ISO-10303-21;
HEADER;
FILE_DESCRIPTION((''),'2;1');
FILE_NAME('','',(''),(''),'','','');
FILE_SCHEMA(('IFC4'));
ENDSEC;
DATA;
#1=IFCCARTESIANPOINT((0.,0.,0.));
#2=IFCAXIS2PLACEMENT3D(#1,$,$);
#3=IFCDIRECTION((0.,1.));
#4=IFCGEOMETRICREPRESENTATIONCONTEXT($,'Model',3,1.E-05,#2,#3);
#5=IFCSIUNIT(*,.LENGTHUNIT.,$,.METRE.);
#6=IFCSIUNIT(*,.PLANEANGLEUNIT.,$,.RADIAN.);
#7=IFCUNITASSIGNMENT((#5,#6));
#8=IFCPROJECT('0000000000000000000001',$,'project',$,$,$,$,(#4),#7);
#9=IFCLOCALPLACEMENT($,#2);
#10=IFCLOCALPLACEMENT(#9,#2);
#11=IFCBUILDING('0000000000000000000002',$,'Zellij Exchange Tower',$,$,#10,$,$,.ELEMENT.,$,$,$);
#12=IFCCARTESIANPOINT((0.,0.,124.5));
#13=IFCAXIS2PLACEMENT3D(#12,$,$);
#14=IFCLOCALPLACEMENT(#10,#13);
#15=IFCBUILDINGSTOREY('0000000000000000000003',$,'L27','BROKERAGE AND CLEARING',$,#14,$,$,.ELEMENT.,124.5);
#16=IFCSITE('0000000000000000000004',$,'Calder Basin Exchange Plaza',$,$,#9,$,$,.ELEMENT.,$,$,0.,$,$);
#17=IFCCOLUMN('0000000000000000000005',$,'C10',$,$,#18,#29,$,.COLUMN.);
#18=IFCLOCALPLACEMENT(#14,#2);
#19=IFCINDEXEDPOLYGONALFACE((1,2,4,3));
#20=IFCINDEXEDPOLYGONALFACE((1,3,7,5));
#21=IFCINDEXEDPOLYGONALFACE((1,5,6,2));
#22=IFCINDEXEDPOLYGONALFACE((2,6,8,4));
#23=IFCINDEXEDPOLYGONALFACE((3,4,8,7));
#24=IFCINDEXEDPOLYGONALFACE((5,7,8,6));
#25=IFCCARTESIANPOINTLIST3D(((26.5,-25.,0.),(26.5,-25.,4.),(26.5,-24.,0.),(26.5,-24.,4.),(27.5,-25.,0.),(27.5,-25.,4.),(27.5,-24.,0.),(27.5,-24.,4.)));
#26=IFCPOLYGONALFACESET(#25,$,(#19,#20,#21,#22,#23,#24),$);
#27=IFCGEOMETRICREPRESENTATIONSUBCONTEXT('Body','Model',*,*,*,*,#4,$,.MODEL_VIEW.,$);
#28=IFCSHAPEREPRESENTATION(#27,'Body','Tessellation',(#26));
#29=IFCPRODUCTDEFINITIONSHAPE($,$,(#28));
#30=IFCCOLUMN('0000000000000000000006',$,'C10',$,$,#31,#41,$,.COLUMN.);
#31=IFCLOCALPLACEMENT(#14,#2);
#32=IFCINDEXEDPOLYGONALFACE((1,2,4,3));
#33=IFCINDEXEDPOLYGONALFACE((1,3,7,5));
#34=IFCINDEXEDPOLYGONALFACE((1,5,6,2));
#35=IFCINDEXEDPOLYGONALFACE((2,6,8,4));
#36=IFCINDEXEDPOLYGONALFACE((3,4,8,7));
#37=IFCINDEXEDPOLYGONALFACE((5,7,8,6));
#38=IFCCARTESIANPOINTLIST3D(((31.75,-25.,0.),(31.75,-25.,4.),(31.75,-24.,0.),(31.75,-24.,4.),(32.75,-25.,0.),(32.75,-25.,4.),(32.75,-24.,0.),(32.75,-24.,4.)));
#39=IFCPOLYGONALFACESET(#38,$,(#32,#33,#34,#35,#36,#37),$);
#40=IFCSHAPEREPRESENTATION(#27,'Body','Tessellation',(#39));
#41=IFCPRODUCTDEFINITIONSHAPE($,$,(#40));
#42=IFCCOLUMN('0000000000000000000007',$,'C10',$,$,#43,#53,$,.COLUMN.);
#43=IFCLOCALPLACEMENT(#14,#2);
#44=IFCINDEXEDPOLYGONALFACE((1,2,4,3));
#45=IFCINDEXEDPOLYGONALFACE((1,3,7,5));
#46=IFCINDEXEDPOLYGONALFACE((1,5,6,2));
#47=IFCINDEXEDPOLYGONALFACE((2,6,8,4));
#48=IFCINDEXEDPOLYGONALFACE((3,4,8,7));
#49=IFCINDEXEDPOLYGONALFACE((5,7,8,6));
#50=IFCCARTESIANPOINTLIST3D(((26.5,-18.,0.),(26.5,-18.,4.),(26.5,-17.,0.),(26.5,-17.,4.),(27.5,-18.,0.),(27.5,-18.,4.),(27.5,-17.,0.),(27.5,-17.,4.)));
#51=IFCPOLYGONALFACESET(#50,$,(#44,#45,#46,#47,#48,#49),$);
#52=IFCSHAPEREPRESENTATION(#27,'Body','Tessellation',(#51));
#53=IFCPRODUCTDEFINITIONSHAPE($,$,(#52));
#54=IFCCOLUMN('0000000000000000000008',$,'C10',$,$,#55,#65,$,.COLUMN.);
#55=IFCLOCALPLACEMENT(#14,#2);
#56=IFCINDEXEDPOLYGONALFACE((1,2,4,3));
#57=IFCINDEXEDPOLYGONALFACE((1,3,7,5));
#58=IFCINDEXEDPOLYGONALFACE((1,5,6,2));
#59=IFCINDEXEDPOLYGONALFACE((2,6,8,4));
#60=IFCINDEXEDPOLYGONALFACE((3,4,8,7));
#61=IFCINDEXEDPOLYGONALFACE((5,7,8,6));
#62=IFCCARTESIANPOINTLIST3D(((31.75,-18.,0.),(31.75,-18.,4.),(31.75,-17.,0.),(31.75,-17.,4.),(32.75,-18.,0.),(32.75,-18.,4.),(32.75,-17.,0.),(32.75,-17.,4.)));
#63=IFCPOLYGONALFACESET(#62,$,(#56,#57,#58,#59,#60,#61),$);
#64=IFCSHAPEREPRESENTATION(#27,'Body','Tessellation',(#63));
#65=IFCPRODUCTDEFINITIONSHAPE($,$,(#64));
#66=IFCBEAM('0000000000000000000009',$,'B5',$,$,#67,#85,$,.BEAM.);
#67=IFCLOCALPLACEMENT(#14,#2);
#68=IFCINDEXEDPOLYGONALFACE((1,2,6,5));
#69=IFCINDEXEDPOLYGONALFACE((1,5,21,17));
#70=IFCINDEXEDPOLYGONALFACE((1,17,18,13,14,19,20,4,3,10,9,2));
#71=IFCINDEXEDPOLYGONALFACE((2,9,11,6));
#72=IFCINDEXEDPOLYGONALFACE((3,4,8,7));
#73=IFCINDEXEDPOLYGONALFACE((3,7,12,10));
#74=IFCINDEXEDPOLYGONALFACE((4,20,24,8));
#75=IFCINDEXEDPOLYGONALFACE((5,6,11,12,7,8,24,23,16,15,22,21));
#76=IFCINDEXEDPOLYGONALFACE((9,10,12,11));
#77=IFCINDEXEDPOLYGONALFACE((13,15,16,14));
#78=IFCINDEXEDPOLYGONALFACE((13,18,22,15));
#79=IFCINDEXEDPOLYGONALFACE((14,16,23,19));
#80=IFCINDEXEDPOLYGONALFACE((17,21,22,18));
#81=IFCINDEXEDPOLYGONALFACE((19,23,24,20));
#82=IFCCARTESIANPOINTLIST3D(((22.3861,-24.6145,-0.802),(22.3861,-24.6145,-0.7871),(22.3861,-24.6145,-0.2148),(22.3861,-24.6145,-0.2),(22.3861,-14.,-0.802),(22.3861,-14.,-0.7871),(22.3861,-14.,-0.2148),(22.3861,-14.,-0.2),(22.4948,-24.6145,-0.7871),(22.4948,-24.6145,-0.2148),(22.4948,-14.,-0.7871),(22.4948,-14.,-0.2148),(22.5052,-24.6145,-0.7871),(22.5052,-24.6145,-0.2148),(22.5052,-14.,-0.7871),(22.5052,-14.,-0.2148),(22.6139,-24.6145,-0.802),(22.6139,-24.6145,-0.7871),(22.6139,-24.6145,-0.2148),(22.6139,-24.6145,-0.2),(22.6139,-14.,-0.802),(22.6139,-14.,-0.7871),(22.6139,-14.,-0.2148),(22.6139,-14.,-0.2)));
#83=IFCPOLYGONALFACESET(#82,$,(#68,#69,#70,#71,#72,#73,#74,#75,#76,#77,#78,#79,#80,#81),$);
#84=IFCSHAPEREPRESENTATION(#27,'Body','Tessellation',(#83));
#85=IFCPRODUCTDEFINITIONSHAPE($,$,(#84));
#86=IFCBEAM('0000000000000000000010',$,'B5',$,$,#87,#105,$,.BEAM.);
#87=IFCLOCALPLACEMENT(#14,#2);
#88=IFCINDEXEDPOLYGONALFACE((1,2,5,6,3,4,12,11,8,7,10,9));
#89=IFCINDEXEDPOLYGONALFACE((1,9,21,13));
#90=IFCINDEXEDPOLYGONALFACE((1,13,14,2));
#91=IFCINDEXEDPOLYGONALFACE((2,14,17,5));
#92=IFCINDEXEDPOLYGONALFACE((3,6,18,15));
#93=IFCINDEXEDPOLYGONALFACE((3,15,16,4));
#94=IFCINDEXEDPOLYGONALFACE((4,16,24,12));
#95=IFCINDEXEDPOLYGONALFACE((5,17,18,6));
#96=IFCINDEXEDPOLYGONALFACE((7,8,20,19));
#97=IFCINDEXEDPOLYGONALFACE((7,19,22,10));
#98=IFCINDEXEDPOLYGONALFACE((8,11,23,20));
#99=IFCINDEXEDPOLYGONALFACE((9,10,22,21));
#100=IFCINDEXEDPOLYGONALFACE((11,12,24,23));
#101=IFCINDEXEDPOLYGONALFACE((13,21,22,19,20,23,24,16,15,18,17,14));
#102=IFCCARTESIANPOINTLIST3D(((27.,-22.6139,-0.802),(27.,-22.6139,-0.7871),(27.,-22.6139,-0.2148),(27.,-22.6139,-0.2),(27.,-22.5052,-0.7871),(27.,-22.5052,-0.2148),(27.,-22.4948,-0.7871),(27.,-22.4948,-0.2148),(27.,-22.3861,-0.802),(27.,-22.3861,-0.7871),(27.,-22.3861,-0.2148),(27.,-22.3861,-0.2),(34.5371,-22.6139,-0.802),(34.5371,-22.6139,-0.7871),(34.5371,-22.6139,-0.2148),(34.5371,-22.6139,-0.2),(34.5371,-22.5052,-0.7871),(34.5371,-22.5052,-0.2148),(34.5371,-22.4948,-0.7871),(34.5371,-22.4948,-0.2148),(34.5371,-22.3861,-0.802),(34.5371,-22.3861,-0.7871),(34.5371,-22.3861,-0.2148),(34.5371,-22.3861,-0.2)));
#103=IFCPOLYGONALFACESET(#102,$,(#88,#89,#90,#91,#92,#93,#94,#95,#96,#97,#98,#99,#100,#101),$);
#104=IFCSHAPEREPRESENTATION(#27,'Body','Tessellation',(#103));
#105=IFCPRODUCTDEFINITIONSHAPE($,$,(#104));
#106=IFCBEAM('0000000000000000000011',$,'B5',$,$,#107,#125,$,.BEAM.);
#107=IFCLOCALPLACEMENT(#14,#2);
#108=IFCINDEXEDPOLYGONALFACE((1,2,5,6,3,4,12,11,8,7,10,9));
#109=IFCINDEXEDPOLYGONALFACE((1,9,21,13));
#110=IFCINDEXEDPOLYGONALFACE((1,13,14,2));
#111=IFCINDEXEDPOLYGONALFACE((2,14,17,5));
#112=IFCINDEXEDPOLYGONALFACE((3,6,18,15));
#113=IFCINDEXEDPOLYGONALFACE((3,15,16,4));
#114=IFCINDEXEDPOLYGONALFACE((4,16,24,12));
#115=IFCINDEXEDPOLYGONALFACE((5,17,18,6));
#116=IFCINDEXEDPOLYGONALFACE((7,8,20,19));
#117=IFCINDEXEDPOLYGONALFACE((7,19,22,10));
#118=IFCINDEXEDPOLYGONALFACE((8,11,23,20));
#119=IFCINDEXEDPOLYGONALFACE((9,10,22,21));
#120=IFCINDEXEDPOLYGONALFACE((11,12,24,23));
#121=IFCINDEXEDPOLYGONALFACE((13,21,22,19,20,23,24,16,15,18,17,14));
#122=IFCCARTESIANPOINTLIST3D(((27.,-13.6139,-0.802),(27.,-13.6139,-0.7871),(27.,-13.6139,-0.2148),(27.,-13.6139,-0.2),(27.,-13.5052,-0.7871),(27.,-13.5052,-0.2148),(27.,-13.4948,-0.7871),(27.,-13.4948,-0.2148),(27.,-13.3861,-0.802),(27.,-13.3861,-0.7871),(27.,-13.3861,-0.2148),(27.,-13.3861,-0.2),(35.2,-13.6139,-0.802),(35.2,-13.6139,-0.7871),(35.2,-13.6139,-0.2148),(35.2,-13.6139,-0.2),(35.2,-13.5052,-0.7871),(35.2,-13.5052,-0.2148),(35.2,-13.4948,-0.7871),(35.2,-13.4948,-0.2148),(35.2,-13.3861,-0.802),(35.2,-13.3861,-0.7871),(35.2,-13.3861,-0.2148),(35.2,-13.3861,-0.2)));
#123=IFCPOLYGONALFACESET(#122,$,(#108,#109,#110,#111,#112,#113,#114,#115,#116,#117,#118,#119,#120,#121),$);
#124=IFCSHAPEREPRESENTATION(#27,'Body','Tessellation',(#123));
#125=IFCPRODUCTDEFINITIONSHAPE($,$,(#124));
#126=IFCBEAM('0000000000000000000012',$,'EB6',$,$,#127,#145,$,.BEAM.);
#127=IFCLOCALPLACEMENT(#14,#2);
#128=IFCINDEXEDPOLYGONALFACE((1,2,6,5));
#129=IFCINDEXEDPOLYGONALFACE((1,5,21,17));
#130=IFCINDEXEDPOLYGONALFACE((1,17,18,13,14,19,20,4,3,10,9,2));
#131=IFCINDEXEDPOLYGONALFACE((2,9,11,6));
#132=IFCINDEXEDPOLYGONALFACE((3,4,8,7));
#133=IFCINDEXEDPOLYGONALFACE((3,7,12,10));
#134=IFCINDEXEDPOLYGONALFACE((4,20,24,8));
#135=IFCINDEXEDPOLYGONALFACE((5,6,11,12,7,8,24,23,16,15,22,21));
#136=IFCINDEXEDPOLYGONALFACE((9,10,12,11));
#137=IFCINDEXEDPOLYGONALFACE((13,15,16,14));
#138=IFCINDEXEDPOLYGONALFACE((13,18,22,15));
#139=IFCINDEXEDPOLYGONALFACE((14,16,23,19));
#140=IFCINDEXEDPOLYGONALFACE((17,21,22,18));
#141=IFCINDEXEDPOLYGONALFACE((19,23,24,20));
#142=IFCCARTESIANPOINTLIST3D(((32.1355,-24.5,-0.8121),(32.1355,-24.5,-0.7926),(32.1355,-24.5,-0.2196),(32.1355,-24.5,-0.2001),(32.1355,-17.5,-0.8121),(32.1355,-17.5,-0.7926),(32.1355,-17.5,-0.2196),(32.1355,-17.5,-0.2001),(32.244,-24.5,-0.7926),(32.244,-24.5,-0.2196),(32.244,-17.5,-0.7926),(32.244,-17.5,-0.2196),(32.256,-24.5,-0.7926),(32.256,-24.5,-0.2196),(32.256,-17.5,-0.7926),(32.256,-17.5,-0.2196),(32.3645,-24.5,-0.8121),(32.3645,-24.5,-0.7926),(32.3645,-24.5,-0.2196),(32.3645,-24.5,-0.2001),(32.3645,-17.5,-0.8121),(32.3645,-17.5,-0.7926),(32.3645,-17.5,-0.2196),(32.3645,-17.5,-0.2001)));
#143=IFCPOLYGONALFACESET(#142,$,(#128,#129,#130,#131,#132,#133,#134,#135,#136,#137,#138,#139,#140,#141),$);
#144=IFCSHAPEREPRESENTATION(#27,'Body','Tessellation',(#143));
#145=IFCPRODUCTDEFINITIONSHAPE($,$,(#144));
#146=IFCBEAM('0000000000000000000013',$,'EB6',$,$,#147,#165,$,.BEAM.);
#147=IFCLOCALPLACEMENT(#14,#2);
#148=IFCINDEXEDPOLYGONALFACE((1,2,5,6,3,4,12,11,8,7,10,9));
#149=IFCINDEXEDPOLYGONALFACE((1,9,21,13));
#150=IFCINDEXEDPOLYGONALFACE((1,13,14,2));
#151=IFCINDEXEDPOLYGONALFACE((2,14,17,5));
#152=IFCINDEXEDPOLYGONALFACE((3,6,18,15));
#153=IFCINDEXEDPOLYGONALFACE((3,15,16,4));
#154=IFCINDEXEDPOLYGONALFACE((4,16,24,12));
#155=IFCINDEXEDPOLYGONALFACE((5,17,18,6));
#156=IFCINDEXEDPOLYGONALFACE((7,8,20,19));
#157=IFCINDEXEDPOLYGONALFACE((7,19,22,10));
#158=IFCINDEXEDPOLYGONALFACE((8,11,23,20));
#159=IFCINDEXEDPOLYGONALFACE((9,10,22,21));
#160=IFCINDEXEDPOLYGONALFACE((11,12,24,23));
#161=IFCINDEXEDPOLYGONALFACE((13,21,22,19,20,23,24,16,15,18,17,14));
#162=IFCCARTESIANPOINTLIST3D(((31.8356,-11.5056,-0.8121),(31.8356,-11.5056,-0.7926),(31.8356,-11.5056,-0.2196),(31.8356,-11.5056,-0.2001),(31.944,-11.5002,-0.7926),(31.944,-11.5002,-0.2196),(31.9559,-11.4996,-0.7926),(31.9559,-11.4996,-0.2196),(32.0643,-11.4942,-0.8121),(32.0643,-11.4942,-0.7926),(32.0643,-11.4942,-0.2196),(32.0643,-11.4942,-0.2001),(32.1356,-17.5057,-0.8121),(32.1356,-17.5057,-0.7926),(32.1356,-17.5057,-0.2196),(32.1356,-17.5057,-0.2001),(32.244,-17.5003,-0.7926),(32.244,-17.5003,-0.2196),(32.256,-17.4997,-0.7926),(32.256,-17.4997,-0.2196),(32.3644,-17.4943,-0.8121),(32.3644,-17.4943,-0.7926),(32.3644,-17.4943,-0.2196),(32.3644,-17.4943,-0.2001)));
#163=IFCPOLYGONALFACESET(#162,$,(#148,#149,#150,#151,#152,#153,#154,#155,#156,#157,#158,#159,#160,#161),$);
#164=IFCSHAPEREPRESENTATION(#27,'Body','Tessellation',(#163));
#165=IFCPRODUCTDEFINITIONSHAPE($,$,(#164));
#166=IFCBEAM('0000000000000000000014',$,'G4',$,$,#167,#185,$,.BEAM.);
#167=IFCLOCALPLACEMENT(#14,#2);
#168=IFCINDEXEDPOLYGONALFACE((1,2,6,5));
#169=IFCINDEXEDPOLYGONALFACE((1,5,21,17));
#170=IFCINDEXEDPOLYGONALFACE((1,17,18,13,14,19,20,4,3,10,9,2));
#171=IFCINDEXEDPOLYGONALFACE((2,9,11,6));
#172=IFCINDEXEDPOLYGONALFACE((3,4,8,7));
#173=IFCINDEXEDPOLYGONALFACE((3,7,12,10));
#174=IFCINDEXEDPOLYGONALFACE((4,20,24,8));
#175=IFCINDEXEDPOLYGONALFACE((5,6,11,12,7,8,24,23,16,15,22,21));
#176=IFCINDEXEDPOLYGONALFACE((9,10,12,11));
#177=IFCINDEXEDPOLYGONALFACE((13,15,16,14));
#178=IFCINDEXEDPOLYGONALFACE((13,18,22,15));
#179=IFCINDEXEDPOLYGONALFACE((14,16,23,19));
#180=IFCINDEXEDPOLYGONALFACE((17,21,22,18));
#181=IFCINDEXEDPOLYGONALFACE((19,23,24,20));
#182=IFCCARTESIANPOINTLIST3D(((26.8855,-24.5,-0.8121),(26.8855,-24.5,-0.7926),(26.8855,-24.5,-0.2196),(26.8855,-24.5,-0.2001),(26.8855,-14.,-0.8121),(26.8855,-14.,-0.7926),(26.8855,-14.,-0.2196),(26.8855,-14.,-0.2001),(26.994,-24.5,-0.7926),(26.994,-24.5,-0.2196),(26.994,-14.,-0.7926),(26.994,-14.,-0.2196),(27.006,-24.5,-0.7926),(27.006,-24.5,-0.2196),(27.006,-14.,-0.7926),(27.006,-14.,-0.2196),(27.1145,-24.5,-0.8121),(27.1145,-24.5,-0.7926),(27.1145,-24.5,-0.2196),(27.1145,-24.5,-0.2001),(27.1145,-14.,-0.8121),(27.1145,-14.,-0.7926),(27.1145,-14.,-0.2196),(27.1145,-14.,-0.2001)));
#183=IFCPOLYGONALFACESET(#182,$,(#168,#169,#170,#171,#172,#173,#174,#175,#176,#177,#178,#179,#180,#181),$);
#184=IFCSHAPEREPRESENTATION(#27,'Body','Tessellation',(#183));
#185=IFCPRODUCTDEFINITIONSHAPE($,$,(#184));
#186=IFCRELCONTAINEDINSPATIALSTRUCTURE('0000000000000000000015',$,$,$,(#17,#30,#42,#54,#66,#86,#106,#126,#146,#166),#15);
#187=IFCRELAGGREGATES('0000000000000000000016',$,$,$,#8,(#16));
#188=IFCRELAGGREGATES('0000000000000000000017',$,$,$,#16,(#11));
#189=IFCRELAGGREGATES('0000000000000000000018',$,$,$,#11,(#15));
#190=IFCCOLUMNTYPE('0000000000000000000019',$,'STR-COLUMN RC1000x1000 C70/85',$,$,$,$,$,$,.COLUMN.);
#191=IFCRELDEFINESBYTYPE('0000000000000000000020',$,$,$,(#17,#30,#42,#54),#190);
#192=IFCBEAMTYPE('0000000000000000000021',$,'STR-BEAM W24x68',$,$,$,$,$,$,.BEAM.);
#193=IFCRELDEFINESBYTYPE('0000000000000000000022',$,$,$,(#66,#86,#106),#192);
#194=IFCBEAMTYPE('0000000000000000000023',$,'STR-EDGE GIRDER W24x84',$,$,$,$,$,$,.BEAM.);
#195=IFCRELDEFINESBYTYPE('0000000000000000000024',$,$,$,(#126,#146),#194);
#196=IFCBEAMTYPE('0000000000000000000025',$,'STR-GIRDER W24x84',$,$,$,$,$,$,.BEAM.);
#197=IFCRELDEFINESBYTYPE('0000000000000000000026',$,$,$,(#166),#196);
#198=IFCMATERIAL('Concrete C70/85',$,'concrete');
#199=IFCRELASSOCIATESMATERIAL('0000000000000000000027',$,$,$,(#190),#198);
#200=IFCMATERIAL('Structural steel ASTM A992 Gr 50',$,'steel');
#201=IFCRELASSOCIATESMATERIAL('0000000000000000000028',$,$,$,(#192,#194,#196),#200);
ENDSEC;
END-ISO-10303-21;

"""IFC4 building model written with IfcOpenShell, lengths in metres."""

from ifc_helpers import new_model, si_unit, direction, frame, origin, origin_2d, place, context, subcontext, project, spatial, rectangle, i_section, extrude, material, material_profile, profile_set, type_object, element, save


model = new_model("IFC4")

# Units and contexts
model_context = context("Model", 3, precision=1e-05, world=origin(), true_north=direction((0.0, 1.0)))
body_context = subcontext(model_context, "Body", "Model", "MODEL_VIEW")
ifc_project = project(units=[si_unit("LENGTHUNIT", "METRE"), si_unit("PLANEANGLEUNIT", "RADIAN")], contexts=[model_context])

# Site, building, storey
site_placement = place(None, origin())
site = spatial("IfcSite", under=ifc_project, at=site_placement, Name="Calder Basin Exchange Plaza", CompositionType="ELEMENT", RefElevation=0.0)
building_placement = place(site_placement, origin())
building = spatial("IfcBuilding", under=site, at=building_placement, Name="Zellij Exchange Tower", CompositionType="ELEMENT")
storey_placement = place(building_placement, frame((0.0, 0.0, 124.5)))
storey = spatial("IfcBuildingStorey", under=building, at=storey_placement, Name="L27", Description="BROKERAGE AND CLEARING", CompositionType="ELEMENT", Elevation=124.5)

# Columns
ifc_material_1 = material(Name="Concrete C70/85", Category="concrete")
ifc_material_profile_1 = material_profile(ifc_material_1, rectangle(XDim=1.0, YDim=1.0, at=origin_2d()), Name="STR-COLUMN RC1000x1000 C70/85")
ifc_profile_set_1 = profile_set([ifc_material_profile_1], Name="Concrete C70/85")
column_type = type_object("IfcColumnType", Name="STR-COLUMN RC1000x1000 C70/85", PredefinedType="COLUMN", material=ifc_profile_set_1)
for number, where, z_axis, x_axis, name in (
    (1, (27.0, -24.5, 0.0), (0.0, 0.0, 1.0), (1.0, 0.0, 0.0), "C10"),
    (2, (32.25, -24.5, 0.0), (0.0, 0.0, 1.0), (1.0, 0.0, 0.0), "C10"),
    (3, (27.0, -17.5, 0.0), (0.0, 0.0, 1.0), (1.0, 0.0, 0.0), "C10"),
    (4, (32.25, -17.5, 0.0), (0.0, 0.0, 1.0), (1.0, 0.0, 0.0), "C10"),
):
    element("IfcColumn", number, at=place(storey_placement, frame(where, z_axis=z_axis, x_axis=x_axis)), inside=storey, type_object=column_type, Name=name, PredefinedType="COLUMN", context=body_context, shape_type="SweptSolid", body=[
        extrude(rectangle(XDim=1.0, YDim=1.0, at=origin_2d()), origin(), (0.0, 0.0, 1.0), 4.0),
    ])

# Beams
ifc_material_2 = material(Name="Structural steel ASTM A992 Gr 50", Category="steel")
ifc_material_profile_2 = material_profile(ifc_material_2, i_section(OverallWidth=0.2278, OverallDepth=0.6021, WebThickness=0.0105, FlangeThickness=0.0149, at=origin_2d()), Name="W24x68")
ifc_profile_set_2 = profile_set([ifc_material_profile_2], Name="Structural steel ASTM A992 Gr 50")
beam_type_1 = type_object("IfcBeamType", Name="STR-BEAM W24x68", PredefinedType="BEAM", material=ifc_profile_set_2)
beam_1_placement = place(storey_placement, frame((22.5, -24.6145, -0.501), z_axis=(0.0, 1.0, 0.0), x_axis=(-1.0, 0.0, 0.0)))
element("IfcBeam", 5, at=beam_1_placement, inside=storey, type_object=beam_type_1, Name="B5", PredefinedType="BEAM", context=body_context, shape_type="SweptSolid", body=[
    extrude(i_section(OverallWidth=0.2278, OverallDepth=0.6021, WebThickness=0.0105, FlangeThickness=0.0149, at=origin_2d()), origin(), (0.0, 0.0, 1.0), 10.6145),
])
beam_2_placement = place(storey_placement, frame((27.0, -22.5, -0.501), z_axis=(1.0, 0.0, 0.0), x_axis=(0.0, 1.0, 0.0)))
element("IfcBeam", 6, at=beam_2_placement, inside=storey, type_object=beam_type_1, Name="B5", PredefinedType="BEAM", context=body_context, shape_type="SweptSolid", body=[
    extrude(i_section(OverallWidth=0.2278, OverallDepth=0.6021, WebThickness=0.0105, FlangeThickness=0.0149, at=origin_2d()), origin(), (0.0, 0.0, 1.0), 7.5371),
])
beam_3_placement = place(storey_placement, frame((27.0, -13.5, -0.501), z_axis=(1.0, 0.0, 0.0), x_axis=(0.0, 1.0, 0.0)))
element("IfcBeam", 7, at=beam_3_placement, inside=storey, type_object=beam_type_1, Name="B5", PredefinedType="BEAM", context=body_context, shape_type="SweptSolid", body=[
    extrude(i_section(OverallWidth=0.2278, OverallDepth=0.6021, WebThickness=0.0105, FlangeThickness=0.0149, at=origin_2d()), origin(), (0.0, 0.0, 1.0), 8.2),
])
ifc_material_profile_3 = material_profile(ifc_material_2, i_section(OverallWidth=0.229, OverallDepth=0.6121, WebThickness=0.012, FlangeThickness=0.0195, at=origin_2d()), Name="W24x84")
ifc_profile_set_3 = profile_set([ifc_material_profile_3], Name="Structural steel ASTM A992 Gr 50")
beam_type_2 = type_object("IfcBeamType", Name="STR-EDGE GIRDER W24x84", PredefinedType="BEAM", material=ifc_profile_set_3)
beam_4_placement = place(storey_placement, frame((32.25, -24.5, -0.5061), z_axis=(0.0, 1.0, 0.0), x_axis=(-1.0, 0.0, 0.0)))
element("IfcBeam", 8, at=beam_4_placement, inside=storey, type_object=beam_type_2, Name="EB6", PredefinedType="BEAM", context=body_context, shape_type="SweptSolid", body=[
    extrude(i_section(OverallWidth=0.229, OverallDepth=0.6121, WebThickness=0.012, FlangeThickness=0.0195, at=origin_2d()), origin(), (0.0, 0.0, 1.0), 7.0),
])
beam_5_placement = place(storey_placement, frame((32.25, -17.5, -0.5061), z_axis=(-0.049946, 0.998752, 0.0), x_axis=(-0.998752, -0.049946, 0.0)))
element("IfcBeam", 9, at=beam_5_placement, inside=storey, type_object=beam_type_2, Name="EB6", PredefinedType="BEAM", context=body_context, shape_type="SweptSolid", body=[
    extrude(i_section(OverallWidth=0.229, OverallDepth=0.6121, WebThickness=0.012, FlangeThickness=0.0195, at=origin_2d()), origin(), (0.0, 0.0, 1.0), 6.0076),
])
ifc_material_profile_4 = material_profile(ifc_material_2, i_section(OverallWidth=0.229, OverallDepth=0.6121, WebThickness=0.012, FlangeThickness=0.0195, at=origin_2d()), Name="W24x84")
ifc_profile_set_4 = profile_set([ifc_material_profile_4], Name="Structural steel ASTM A992 Gr 50")
beam_type_3 = type_object("IfcBeamType", Name="STR-GIRDER W24x84", PredefinedType="BEAM", material=ifc_profile_set_4)
beam_6_placement = place(storey_placement, frame((27.0, -24.5, -0.5061), z_axis=(0.0, 1.0, 0.0), x_axis=(-1.0, 0.0, 0.0)))
element("IfcBeam", 10, at=beam_6_placement, inside=storey, type_object=beam_type_3, Name="G4", PredefinedType="BEAM", context=body_context, shape_type="SweptSolid", body=[
    extrude(i_section(OverallWidth=0.229, OverallDepth=0.6121, WebThickness=0.012, FlangeThickness=0.0195, at=origin_2d()), origin(), (0.0, 0.0, 1.0), 10.5),
])

save(model, "model.ifc")
